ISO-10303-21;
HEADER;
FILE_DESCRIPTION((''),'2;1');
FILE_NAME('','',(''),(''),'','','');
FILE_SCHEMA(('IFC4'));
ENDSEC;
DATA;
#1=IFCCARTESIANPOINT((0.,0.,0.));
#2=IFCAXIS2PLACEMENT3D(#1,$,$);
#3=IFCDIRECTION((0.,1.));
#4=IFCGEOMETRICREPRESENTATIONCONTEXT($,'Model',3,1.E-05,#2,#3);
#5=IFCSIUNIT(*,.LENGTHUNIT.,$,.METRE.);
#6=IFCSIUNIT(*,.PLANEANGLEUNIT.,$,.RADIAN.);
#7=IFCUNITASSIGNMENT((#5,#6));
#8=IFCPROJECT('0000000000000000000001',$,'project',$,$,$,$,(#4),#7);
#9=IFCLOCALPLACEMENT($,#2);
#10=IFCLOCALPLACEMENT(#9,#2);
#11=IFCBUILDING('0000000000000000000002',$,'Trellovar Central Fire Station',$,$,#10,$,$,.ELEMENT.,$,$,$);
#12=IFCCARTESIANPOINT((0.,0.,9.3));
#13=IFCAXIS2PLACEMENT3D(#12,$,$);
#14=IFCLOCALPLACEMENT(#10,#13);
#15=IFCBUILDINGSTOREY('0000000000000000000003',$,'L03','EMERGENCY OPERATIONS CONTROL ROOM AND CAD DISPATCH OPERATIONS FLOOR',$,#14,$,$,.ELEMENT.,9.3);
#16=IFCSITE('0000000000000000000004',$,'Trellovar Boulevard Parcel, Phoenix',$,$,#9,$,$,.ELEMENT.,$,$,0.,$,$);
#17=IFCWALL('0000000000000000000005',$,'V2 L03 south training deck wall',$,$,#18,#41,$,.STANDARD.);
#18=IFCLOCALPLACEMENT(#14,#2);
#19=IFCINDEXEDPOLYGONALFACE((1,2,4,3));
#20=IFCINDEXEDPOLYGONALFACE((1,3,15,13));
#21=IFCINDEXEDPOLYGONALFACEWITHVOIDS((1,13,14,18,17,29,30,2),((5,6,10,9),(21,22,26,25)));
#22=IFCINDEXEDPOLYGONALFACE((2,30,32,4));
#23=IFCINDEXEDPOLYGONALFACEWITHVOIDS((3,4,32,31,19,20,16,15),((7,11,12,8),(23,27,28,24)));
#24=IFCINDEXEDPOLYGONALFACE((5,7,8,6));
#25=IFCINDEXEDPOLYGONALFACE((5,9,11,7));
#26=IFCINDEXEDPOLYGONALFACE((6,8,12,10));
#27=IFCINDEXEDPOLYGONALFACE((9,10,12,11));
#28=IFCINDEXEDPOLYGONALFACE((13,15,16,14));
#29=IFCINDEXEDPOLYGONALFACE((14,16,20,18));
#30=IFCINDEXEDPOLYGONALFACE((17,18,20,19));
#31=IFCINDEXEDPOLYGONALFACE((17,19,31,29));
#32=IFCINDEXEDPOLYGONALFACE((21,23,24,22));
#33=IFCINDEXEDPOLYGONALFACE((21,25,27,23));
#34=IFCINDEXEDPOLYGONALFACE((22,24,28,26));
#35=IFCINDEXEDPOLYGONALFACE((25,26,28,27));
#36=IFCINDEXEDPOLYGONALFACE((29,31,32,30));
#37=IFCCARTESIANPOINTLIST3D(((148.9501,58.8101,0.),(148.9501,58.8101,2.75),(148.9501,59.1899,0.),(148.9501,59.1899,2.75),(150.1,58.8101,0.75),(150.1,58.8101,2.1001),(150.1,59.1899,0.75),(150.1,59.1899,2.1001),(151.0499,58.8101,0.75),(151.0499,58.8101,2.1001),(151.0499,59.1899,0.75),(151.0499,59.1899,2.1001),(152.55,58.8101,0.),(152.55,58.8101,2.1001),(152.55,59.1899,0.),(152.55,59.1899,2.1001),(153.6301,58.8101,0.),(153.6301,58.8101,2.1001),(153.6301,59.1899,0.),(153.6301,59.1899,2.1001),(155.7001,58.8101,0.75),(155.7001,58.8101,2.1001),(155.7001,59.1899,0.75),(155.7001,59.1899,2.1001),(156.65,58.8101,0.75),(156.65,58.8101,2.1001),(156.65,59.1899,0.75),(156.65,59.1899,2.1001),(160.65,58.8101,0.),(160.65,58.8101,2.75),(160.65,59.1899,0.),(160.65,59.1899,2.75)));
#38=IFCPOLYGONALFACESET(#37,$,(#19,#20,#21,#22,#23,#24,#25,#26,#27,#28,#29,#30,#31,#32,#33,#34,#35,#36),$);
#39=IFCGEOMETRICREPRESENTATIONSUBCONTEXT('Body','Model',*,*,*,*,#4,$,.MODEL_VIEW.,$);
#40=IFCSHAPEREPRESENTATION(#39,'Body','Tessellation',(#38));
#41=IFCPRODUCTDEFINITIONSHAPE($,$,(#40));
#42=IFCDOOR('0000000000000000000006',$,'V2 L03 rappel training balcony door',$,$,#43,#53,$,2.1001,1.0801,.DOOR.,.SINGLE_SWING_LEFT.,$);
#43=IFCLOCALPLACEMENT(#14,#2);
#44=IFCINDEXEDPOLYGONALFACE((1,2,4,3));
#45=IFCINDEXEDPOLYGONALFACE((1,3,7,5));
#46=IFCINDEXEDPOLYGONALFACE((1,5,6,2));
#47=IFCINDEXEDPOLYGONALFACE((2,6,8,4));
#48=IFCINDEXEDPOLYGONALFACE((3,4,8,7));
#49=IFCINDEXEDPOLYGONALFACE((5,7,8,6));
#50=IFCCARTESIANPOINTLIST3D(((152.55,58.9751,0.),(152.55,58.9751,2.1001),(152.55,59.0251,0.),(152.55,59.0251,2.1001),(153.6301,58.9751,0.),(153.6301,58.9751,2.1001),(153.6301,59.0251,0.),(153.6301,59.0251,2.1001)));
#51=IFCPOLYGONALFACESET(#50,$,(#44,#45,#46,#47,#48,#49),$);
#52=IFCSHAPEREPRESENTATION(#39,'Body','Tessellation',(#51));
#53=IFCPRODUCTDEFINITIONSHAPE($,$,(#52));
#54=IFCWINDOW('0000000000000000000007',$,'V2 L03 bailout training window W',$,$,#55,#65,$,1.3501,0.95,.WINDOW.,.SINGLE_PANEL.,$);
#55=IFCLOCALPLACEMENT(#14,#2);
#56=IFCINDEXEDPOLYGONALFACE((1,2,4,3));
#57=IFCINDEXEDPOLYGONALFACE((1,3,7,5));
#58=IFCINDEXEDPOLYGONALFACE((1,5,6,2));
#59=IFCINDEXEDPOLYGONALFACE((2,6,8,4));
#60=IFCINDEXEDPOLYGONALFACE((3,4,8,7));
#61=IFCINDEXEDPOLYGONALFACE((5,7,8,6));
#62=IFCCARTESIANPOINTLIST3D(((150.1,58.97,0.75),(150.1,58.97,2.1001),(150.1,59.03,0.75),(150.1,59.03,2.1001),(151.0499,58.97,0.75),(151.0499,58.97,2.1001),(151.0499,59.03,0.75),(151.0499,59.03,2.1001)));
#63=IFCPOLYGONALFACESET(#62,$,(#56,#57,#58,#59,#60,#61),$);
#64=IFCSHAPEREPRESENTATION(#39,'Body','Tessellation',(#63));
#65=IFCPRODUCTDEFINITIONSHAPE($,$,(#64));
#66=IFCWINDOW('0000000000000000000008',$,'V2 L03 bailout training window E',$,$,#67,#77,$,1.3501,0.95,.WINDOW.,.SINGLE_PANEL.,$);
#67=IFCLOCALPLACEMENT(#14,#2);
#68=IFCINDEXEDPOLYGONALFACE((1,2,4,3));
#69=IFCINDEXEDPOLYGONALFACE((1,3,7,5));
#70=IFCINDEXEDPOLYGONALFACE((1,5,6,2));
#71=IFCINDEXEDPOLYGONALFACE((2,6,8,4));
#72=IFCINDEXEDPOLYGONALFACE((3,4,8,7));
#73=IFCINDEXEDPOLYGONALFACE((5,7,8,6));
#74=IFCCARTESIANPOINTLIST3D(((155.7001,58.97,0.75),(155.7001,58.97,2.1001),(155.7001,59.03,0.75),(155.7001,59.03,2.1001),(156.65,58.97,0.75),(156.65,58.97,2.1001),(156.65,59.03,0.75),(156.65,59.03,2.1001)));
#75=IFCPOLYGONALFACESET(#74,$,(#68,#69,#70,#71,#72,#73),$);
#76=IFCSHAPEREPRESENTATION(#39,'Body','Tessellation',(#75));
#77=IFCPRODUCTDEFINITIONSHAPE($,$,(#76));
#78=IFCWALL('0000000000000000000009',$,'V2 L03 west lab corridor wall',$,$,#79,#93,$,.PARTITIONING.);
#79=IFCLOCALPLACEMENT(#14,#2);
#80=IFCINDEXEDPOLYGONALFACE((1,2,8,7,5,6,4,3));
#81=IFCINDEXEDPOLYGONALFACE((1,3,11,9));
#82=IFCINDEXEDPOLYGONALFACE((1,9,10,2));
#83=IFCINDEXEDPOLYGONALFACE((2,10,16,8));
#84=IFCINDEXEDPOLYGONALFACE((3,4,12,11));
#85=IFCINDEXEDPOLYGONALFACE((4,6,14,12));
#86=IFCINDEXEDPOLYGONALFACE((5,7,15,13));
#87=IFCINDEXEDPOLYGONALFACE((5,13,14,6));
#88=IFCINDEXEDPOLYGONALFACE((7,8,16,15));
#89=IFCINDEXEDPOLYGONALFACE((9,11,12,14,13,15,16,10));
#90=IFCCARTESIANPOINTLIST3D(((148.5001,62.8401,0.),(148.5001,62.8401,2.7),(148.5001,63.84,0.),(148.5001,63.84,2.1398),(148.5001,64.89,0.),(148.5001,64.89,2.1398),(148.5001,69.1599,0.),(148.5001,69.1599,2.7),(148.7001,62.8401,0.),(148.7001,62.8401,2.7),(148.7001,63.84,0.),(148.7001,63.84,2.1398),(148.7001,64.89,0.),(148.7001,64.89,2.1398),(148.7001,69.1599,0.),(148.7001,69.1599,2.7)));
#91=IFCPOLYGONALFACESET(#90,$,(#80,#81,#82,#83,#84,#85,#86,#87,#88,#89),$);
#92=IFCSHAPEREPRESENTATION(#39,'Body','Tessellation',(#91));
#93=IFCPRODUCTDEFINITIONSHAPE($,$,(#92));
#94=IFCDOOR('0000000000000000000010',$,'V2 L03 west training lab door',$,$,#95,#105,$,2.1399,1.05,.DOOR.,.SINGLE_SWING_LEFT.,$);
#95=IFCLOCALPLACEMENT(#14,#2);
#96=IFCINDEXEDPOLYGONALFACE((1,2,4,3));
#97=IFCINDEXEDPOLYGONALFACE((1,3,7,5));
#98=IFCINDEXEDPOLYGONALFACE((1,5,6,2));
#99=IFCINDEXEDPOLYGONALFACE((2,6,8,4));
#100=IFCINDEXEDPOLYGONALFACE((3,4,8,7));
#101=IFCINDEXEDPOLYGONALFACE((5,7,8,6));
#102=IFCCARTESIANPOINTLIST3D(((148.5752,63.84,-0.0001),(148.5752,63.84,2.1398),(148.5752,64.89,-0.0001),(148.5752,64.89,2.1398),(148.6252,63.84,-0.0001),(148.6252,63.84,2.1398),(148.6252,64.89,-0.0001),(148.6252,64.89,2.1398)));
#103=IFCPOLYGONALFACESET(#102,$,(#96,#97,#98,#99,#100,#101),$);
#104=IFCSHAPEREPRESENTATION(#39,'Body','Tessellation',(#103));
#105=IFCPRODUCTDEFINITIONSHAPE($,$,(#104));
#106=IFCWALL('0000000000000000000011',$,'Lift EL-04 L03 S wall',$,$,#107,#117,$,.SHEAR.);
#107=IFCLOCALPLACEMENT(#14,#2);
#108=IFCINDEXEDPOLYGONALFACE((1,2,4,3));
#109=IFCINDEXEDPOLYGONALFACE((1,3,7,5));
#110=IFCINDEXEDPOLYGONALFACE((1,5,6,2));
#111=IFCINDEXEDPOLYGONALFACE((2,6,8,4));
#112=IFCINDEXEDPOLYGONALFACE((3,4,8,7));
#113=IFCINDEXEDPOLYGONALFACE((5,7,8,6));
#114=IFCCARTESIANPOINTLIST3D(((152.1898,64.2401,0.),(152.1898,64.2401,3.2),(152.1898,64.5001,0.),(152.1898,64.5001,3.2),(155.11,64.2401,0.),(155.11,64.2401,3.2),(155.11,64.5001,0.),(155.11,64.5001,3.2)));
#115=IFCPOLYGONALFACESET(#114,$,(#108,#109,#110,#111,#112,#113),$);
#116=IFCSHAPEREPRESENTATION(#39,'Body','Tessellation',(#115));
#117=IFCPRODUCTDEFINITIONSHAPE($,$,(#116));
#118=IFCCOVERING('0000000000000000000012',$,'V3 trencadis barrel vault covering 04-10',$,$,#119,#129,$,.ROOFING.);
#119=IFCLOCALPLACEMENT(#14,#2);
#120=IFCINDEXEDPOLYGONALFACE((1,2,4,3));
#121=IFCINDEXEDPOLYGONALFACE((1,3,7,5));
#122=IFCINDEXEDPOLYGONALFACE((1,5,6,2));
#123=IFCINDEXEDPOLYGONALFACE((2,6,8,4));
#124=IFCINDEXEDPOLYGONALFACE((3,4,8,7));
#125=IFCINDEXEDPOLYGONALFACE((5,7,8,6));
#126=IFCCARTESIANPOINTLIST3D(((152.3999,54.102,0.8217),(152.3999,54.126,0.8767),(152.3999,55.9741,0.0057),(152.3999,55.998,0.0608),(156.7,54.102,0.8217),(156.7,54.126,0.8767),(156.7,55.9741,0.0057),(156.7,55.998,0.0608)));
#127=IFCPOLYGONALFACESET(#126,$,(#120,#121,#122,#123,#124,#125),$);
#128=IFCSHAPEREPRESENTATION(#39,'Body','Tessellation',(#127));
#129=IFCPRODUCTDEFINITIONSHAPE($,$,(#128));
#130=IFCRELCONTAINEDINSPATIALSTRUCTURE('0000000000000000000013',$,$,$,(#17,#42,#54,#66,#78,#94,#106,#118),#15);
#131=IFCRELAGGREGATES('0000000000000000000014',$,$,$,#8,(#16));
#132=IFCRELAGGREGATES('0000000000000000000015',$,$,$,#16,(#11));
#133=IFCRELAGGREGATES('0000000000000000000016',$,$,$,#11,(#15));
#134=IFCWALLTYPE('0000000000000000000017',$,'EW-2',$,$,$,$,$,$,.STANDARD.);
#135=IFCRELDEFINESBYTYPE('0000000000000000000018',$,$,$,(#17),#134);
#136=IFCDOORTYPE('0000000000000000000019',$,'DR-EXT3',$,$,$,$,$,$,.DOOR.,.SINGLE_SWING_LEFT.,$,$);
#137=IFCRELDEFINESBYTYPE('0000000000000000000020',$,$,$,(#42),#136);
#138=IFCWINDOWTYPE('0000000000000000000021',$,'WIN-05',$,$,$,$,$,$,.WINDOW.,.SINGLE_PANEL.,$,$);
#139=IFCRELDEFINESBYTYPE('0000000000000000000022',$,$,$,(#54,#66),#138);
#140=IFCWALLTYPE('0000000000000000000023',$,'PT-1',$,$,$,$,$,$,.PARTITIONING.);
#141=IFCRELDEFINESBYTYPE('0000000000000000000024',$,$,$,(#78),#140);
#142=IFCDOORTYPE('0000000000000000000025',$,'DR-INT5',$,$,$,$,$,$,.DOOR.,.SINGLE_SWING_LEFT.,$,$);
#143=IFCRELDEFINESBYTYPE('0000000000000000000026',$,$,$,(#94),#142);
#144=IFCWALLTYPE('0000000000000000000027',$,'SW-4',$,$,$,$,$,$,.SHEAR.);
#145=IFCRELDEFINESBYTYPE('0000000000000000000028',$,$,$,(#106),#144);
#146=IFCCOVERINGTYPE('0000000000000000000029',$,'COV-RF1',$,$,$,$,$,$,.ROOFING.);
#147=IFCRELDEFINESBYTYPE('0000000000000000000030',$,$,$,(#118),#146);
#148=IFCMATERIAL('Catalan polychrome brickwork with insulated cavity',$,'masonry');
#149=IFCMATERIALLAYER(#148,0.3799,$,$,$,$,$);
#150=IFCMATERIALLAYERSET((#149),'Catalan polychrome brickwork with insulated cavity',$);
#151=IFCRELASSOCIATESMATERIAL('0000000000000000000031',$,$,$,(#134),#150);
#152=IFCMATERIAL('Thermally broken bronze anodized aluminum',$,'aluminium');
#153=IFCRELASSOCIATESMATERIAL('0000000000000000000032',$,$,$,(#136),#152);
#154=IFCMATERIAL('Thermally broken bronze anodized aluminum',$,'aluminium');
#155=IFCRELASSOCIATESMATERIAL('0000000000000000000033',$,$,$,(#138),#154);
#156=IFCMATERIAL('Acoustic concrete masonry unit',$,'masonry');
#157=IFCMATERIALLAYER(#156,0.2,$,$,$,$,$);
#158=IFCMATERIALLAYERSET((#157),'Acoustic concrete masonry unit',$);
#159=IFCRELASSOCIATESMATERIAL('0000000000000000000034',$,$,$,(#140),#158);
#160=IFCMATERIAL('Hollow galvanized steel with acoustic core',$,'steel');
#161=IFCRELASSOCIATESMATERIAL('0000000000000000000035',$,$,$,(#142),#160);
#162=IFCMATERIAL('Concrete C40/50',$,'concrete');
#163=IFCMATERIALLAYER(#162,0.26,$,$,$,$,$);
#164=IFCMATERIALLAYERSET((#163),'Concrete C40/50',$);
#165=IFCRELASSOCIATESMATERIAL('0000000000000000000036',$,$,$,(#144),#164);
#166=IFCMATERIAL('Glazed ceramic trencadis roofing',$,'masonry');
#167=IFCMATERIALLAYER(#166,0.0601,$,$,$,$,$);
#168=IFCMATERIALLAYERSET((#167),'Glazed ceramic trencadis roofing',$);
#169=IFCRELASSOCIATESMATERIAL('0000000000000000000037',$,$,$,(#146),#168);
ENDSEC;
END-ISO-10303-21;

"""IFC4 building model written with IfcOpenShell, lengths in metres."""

from ifc_helpers import new_model, si_unit, direction, frame, frame_2d, origin, place, context, subcontext, project, spatial, polyline, rectangle, outline, extrude, material, layer, layer_set, type_object, element, fill, save


model = new_model("IFC4")

# Units and contexts
model_context = context("Model", 3, precision=1e-05, world=origin(), true_north=direction((0.0, 1.0)))
body_context = subcontext(model_context, "Body", "Model", "MODEL_VIEW")
ifc_project = project(units=[si_unit("LENGTHUNIT", "METRE"), si_unit("PLANEANGLEUNIT", "RADIAN")], contexts=[model_context])

# Site, building, storey
site_placement = place(None, origin())
site = spatial("IfcSite", under=ifc_project, at=site_placement, Name="Trellovar Boulevard Parcel, Phoenix", CompositionType="ELEMENT", RefElevation=0.0)
building_placement = place(site_placement, origin())
building = spatial("IfcBuilding", under=site, at=building_placement, Name="Trellovar Central Fire Station", CompositionType="ELEMENT")
storey_placement = place(building_placement, frame((0.0, 0.0, 9.3)))
storey = spatial("IfcBuildingStorey", under=building, at=storey_placement, Name="L03", Description="EMERGENCY OPERATIONS CONTROL ROOM AND CAD DISPATCH OPERATIONS FLOOR", CompositionType="ELEMENT", Elevation=9.3)

# Wall, openings, door, windows
ifc_material_1 = material(Name="Catalan polychrome brickwork with insulated cavity", Category="masonry")
ifc_layer_1 = layer(ifc_material_1, 0.3799)
ifc_layer_set_1 = layer_set([ifc_layer_1], Name="Catalan polychrome brickwork with insulated cavity")
wall_type_1 = type_object("IfcWallType", Name="EW-2", PredefinedType="STANDARD", material=ifc_layer_set_1)
wall_1_placement = place(storey_placement, frame((148.95, 59.0, 0.0), z_axis=(0.0, 0.0, 1.0), x_axis=(1.0, 0.0, 0.0)))
wall_1 = element("IfcWall", 1, at=wall_1_placement, inside=storey, type_object=wall_type_1, Name="V2 L03 south training deck wall", PredefinedType="STANDARD", context=body_context, shape_type="SweptSolid", body=[
    extrude(rectangle(XDim=11.7, YDim=0.3799, at=frame_2d((5.8501, 0.0))), origin(), (0.0, 0.0, 1.0), 2.75),
])
opening_1_placement = place(wall_1_placement, frame((3.6001, 0.0, 0.0)))
opening_1 = element("IfcOpeningElement", 2, at=opening_1_placement, cuts=wall_1, PredefinedType="OPENING", context=body_context, shape_type="SweptSolid", body=[
    extrude(rectangle(XDim=1.0801, YDim=2.1001, at=frame_2d((0.54, 1.05))), frame((0.0, 0.2, 0.0), z_axis=(0.0, -1.0, 0.0), x_axis=(1.0, 0.0, 0.0)), (0.0, 0.0, 1.0), 0.3999),
])
opening_2_placement = place(wall_1_placement, frame((1.1499, 0.0, 0.75)))
opening_2 = element("IfcOpeningElement", 3, at=opening_2_placement, cuts=wall_1, PredefinedType="OPENING", context=body_context, shape_type="SweptSolid", body=[
    extrude(rectangle(XDim=0.95, YDim=1.3501, at=frame_2d((0.4751, 0.675))), frame((0.0, 0.2, 0.0), z_axis=(0.0, -1.0, 0.0), x_axis=(1.0, 0.0, 0.0)), (0.0, 0.0, 1.0), 0.3999),
])
opening_3_placement = place(wall_1_placement, frame((6.75, 0.0, 0.75)))
opening_3 = element("IfcOpeningElement", 4, at=opening_3_placement, cuts=wall_1, PredefinedType="OPENING", context=body_context, shape_type="SweptSolid", body=[
    extrude(rectangle(XDim=0.95, YDim=1.3501, at=frame_2d((0.4751, 0.675))), frame((0.0, 0.2, 0.0), z_axis=(0.0, -1.0, 0.0), x_axis=(1.0, 0.0, 0.0)), (0.0, 0.0, 1.0), 0.3999),
])
ifc_material_2 = material(Name="Thermally broken bronze anodized aluminum", Category="aluminium")
door_type_1 = type_object("IfcDoorType", Name="DR-EXT3", OperationType="SINGLE_SWING_LEFT", PredefinedType="DOOR", material=ifc_material_2)
door_1_placement = place(opening_1_placement, frame((1.0801, 0.0, 0.0), z_axis=(0.0, 0.0, 1.0), x_axis=(-1.0, 0.0, 0.0)))
door_1 = element("IfcDoor", 5, at=door_1_placement, inside=storey, type_object=door_type_1, Name="V2 L03 rappel training balcony door", OperationType="SINGLE_SWING_LEFT", OverallHeight=2.1001, OverallWidth=1.0801, PredefinedType="DOOR", context=body_context, shape_type="SweptSolid", body=[
    extrude(rectangle(XDim=1.0801, YDim=2.1001, at=frame_2d((0.54, 1.05))), frame((0.0, 0.0249, 0.0), z_axis=(0.0, -1.0, 0.0), x_axis=(1.0, 0.0, 0.0)), (0.0, 0.0, 1.0), 0.05),
])
fill(opening_1, door_1)
ifc_material_3 = material(Name="Thermally broken bronze anodized aluminum", Category="aluminium")
window_type = type_object("IfcWindowType", Name="WIN-05", PartitioningType="SINGLE_PANEL", PredefinedType="WINDOW", material=ifc_material_3)
window_1_placement = place(opening_2_placement, origin())
window_1 = element("IfcWindow", 6, at=window_1_placement, inside=storey, type_object=window_type, Name="V2 L03 bailout training window W", OverallHeight=1.3501, OverallWidth=0.95, PartitioningType="SINGLE_PANEL", PredefinedType="WINDOW", context=body_context, shape_type="SweptSolid", body=[
    extrude(rectangle(XDim=0.95, YDim=1.3501, at=frame_2d((0.4751, 0.675))), frame((0.0, 0.03, 0.0), z_axis=(0.0, -1.0, 0.0), x_axis=(1.0, 0.0, 0.0)), (0.0, 0.0, 1.0), 0.0601),
])
fill(opening_2, window_1)
window_2_placement = place(opening_3_placement, origin())
window_2 = element("IfcWindow", 7, at=window_2_placement, inside=storey, type_object=window_type, Name="V2 L03 bailout training window E", OverallHeight=1.3501, OverallWidth=0.95, PartitioningType="SINGLE_PANEL", PredefinedType="WINDOW", context=body_context, shape_type="SweptSolid", body=[
    extrude(rectangle(XDim=0.95, YDim=1.3501, at=frame_2d((0.4751, 0.675))), frame((0.0, 0.03, 0.0), z_axis=(0.0, -1.0, 0.0), x_axis=(1.0, 0.0, 0.0)), (0.0, 0.0, 1.0), 0.0601),
])
fill(opening_3, window_2)

# Wall, opening, door
ifc_material_4 = material(Name="Acoustic concrete masonry unit", Category="masonry")
ifc_layer_2 = layer(ifc_material_4, 0.2)
ifc_layer_set_2 = layer_set([ifc_layer_2], Name="Acoustic concrete masonry unit")
wall_type_2 = type_object("IfcWallType", Name="PT-1", PredefinedType="PARTITIONING", material=ifc_layer_set_2)
wall_2_placement = place(storey_placement, frame((148.6001, 62.8401, 0.0), z_axis=(0.0, 0.0, 1.0), x_axis=(0.0, 1.0, 0.0)))
wall_2 = element("IfcWall", 8, at=wall_2_placement, inside=storey, type_object=wall_type_2, Name="V2 L03 west lab corridor wall", PredefinedType="PARTITIONING", context=body_context, shape_type="SweptSolid", body=[
    extrude(rectangle(XDim=6.3198, YDim=0.2, at=frame_2d((3.1599, 0.0))), origin(), (0.0, 0.0, 1.0), 2.7),
])
opening_4_placement = place(wall_2_placement, frame((1.0, 0.0, 0.0)))
opening_4 = element("IfcOpeningElement", 9, at=opening_4_placement, cuts=wall_2, PredefinedType="OPENING", context=body_context, shape_type="SweptSolid", body=[
    extrude(rectangle(XDim=1.05, YDim=2.1399, at=frame_2d((0.5249, 1.0698))), frame((0.0, 0.1099, 0.0), z_axis=(0.0, -1.0, 0.0), x_axis=(1.0, 0.0, 0.0)), (0.0, 0.0, 1.0), 0.22),
])
ifc_material_5 = material(Name="Hollow galvanized steel with acoustic core", Category="steel")
door_type_2 = type_object("IfcDoorType", Name="DR-INT5", OperationType="SINGLE_SWING_LEFT", PredefinedType="DOOR", material=ifc_material_5)
door_2_placement = place(opening_4_placement, origin())
door_2 = element("IfcDoor", 10, at=door_2_placement, inside=storey, type_object=door_type_2, Name="V2 L03 west training lab door", OperationType="SINGLE_SWING_LEFT", OverallHeight=2.1399, OverallWidth=1.05, PredefinedType="DOOR", context=body_context, shape_type="SweptSolid", body=[
    extrude(rectangle(XDim=1.05, YDim=2.1399, at=frame_2d((0.5249, 1.0698))), frame((0.0, 0.0249, 0.0), z_axis=(0.0, -1.0, 0.0), x_axis=(1.0, 0.0, 0.0)), (0.0, 0.0, 1.0), 0.05),
])
fill(opening_4, door_2)

# Wall
ifc_material_6 = material(Name="Concrete C40/50", Category="concrete")
ifc_layer_3 = layer(ifc_material_6, 0.26)
ifc_layer_set_3 = layer_set([ifc_layer_3], Name="Concrete C40/50")
wall_type_3 = type_object("IfcWallType", Name="SW-4", PredefinedType="SHEAR", material=ifc_layer_set_3)
wall_3_placement = place(storey_placement, frame((152.1899, 64.3701, 0.0), z_axis=(0.0, 0.0, 1.0), x_axis=(1.0, 0.0, 0.0)))
element("IfcWall", 11, at=wall_3_placement, inside=storey, type_object=wall_type_3, Name="Lift EL-04 L03 S wall", PredefinedType="SHEAR", context=body_context, shape_type="SweptSolid", body=[
    extrude(rectangle(XDim=2.9202, YDim=0.26, at=frame_2d((1.46, 0.0))), origin(), (0.0, 0.0, 1.0), 3.2),
])

# Covering
ifc_material_7 = material(Name="Glazed ceramic trencadis roofing", Category="masonry")
ifc_layer_4 = layer(ifc_material_7, 0.0601)
ifc_layer_set_4 = layer_set([ifc_layer_4], Name="Glazed ceramic trencadis roofing")
covering_type = type_object("IfcCoveringType", Name="COV-RF1", PredefinedType="ROOFING", material=ifc_layer_set_4)
covering_placement = place(storey_placement, frame((152.3999, 54.126, 0.8767), z_axis=(0.0, 0.399539, 0.916716), x_axis=(1.0, 0.0, 0.0)))
element("IfcCovering", 12, at=covering_placement, inside=storey, type_object=covering_type, Name="V3 trencadis barrel vault covering 04-10", PredefinedType="ROOFING", context=body_context, shape_type="SweptSolid", body=[
    extrude(outline(polyline([(0.0, 0.0), (4.3, 0.0), (4.3, 2.0421), (0.0, 2.0421), (0.0, 0.0)])), origin(), (0.0, 0.0, -1.0), 0.0601),
])

save(model, "model.ifc")
